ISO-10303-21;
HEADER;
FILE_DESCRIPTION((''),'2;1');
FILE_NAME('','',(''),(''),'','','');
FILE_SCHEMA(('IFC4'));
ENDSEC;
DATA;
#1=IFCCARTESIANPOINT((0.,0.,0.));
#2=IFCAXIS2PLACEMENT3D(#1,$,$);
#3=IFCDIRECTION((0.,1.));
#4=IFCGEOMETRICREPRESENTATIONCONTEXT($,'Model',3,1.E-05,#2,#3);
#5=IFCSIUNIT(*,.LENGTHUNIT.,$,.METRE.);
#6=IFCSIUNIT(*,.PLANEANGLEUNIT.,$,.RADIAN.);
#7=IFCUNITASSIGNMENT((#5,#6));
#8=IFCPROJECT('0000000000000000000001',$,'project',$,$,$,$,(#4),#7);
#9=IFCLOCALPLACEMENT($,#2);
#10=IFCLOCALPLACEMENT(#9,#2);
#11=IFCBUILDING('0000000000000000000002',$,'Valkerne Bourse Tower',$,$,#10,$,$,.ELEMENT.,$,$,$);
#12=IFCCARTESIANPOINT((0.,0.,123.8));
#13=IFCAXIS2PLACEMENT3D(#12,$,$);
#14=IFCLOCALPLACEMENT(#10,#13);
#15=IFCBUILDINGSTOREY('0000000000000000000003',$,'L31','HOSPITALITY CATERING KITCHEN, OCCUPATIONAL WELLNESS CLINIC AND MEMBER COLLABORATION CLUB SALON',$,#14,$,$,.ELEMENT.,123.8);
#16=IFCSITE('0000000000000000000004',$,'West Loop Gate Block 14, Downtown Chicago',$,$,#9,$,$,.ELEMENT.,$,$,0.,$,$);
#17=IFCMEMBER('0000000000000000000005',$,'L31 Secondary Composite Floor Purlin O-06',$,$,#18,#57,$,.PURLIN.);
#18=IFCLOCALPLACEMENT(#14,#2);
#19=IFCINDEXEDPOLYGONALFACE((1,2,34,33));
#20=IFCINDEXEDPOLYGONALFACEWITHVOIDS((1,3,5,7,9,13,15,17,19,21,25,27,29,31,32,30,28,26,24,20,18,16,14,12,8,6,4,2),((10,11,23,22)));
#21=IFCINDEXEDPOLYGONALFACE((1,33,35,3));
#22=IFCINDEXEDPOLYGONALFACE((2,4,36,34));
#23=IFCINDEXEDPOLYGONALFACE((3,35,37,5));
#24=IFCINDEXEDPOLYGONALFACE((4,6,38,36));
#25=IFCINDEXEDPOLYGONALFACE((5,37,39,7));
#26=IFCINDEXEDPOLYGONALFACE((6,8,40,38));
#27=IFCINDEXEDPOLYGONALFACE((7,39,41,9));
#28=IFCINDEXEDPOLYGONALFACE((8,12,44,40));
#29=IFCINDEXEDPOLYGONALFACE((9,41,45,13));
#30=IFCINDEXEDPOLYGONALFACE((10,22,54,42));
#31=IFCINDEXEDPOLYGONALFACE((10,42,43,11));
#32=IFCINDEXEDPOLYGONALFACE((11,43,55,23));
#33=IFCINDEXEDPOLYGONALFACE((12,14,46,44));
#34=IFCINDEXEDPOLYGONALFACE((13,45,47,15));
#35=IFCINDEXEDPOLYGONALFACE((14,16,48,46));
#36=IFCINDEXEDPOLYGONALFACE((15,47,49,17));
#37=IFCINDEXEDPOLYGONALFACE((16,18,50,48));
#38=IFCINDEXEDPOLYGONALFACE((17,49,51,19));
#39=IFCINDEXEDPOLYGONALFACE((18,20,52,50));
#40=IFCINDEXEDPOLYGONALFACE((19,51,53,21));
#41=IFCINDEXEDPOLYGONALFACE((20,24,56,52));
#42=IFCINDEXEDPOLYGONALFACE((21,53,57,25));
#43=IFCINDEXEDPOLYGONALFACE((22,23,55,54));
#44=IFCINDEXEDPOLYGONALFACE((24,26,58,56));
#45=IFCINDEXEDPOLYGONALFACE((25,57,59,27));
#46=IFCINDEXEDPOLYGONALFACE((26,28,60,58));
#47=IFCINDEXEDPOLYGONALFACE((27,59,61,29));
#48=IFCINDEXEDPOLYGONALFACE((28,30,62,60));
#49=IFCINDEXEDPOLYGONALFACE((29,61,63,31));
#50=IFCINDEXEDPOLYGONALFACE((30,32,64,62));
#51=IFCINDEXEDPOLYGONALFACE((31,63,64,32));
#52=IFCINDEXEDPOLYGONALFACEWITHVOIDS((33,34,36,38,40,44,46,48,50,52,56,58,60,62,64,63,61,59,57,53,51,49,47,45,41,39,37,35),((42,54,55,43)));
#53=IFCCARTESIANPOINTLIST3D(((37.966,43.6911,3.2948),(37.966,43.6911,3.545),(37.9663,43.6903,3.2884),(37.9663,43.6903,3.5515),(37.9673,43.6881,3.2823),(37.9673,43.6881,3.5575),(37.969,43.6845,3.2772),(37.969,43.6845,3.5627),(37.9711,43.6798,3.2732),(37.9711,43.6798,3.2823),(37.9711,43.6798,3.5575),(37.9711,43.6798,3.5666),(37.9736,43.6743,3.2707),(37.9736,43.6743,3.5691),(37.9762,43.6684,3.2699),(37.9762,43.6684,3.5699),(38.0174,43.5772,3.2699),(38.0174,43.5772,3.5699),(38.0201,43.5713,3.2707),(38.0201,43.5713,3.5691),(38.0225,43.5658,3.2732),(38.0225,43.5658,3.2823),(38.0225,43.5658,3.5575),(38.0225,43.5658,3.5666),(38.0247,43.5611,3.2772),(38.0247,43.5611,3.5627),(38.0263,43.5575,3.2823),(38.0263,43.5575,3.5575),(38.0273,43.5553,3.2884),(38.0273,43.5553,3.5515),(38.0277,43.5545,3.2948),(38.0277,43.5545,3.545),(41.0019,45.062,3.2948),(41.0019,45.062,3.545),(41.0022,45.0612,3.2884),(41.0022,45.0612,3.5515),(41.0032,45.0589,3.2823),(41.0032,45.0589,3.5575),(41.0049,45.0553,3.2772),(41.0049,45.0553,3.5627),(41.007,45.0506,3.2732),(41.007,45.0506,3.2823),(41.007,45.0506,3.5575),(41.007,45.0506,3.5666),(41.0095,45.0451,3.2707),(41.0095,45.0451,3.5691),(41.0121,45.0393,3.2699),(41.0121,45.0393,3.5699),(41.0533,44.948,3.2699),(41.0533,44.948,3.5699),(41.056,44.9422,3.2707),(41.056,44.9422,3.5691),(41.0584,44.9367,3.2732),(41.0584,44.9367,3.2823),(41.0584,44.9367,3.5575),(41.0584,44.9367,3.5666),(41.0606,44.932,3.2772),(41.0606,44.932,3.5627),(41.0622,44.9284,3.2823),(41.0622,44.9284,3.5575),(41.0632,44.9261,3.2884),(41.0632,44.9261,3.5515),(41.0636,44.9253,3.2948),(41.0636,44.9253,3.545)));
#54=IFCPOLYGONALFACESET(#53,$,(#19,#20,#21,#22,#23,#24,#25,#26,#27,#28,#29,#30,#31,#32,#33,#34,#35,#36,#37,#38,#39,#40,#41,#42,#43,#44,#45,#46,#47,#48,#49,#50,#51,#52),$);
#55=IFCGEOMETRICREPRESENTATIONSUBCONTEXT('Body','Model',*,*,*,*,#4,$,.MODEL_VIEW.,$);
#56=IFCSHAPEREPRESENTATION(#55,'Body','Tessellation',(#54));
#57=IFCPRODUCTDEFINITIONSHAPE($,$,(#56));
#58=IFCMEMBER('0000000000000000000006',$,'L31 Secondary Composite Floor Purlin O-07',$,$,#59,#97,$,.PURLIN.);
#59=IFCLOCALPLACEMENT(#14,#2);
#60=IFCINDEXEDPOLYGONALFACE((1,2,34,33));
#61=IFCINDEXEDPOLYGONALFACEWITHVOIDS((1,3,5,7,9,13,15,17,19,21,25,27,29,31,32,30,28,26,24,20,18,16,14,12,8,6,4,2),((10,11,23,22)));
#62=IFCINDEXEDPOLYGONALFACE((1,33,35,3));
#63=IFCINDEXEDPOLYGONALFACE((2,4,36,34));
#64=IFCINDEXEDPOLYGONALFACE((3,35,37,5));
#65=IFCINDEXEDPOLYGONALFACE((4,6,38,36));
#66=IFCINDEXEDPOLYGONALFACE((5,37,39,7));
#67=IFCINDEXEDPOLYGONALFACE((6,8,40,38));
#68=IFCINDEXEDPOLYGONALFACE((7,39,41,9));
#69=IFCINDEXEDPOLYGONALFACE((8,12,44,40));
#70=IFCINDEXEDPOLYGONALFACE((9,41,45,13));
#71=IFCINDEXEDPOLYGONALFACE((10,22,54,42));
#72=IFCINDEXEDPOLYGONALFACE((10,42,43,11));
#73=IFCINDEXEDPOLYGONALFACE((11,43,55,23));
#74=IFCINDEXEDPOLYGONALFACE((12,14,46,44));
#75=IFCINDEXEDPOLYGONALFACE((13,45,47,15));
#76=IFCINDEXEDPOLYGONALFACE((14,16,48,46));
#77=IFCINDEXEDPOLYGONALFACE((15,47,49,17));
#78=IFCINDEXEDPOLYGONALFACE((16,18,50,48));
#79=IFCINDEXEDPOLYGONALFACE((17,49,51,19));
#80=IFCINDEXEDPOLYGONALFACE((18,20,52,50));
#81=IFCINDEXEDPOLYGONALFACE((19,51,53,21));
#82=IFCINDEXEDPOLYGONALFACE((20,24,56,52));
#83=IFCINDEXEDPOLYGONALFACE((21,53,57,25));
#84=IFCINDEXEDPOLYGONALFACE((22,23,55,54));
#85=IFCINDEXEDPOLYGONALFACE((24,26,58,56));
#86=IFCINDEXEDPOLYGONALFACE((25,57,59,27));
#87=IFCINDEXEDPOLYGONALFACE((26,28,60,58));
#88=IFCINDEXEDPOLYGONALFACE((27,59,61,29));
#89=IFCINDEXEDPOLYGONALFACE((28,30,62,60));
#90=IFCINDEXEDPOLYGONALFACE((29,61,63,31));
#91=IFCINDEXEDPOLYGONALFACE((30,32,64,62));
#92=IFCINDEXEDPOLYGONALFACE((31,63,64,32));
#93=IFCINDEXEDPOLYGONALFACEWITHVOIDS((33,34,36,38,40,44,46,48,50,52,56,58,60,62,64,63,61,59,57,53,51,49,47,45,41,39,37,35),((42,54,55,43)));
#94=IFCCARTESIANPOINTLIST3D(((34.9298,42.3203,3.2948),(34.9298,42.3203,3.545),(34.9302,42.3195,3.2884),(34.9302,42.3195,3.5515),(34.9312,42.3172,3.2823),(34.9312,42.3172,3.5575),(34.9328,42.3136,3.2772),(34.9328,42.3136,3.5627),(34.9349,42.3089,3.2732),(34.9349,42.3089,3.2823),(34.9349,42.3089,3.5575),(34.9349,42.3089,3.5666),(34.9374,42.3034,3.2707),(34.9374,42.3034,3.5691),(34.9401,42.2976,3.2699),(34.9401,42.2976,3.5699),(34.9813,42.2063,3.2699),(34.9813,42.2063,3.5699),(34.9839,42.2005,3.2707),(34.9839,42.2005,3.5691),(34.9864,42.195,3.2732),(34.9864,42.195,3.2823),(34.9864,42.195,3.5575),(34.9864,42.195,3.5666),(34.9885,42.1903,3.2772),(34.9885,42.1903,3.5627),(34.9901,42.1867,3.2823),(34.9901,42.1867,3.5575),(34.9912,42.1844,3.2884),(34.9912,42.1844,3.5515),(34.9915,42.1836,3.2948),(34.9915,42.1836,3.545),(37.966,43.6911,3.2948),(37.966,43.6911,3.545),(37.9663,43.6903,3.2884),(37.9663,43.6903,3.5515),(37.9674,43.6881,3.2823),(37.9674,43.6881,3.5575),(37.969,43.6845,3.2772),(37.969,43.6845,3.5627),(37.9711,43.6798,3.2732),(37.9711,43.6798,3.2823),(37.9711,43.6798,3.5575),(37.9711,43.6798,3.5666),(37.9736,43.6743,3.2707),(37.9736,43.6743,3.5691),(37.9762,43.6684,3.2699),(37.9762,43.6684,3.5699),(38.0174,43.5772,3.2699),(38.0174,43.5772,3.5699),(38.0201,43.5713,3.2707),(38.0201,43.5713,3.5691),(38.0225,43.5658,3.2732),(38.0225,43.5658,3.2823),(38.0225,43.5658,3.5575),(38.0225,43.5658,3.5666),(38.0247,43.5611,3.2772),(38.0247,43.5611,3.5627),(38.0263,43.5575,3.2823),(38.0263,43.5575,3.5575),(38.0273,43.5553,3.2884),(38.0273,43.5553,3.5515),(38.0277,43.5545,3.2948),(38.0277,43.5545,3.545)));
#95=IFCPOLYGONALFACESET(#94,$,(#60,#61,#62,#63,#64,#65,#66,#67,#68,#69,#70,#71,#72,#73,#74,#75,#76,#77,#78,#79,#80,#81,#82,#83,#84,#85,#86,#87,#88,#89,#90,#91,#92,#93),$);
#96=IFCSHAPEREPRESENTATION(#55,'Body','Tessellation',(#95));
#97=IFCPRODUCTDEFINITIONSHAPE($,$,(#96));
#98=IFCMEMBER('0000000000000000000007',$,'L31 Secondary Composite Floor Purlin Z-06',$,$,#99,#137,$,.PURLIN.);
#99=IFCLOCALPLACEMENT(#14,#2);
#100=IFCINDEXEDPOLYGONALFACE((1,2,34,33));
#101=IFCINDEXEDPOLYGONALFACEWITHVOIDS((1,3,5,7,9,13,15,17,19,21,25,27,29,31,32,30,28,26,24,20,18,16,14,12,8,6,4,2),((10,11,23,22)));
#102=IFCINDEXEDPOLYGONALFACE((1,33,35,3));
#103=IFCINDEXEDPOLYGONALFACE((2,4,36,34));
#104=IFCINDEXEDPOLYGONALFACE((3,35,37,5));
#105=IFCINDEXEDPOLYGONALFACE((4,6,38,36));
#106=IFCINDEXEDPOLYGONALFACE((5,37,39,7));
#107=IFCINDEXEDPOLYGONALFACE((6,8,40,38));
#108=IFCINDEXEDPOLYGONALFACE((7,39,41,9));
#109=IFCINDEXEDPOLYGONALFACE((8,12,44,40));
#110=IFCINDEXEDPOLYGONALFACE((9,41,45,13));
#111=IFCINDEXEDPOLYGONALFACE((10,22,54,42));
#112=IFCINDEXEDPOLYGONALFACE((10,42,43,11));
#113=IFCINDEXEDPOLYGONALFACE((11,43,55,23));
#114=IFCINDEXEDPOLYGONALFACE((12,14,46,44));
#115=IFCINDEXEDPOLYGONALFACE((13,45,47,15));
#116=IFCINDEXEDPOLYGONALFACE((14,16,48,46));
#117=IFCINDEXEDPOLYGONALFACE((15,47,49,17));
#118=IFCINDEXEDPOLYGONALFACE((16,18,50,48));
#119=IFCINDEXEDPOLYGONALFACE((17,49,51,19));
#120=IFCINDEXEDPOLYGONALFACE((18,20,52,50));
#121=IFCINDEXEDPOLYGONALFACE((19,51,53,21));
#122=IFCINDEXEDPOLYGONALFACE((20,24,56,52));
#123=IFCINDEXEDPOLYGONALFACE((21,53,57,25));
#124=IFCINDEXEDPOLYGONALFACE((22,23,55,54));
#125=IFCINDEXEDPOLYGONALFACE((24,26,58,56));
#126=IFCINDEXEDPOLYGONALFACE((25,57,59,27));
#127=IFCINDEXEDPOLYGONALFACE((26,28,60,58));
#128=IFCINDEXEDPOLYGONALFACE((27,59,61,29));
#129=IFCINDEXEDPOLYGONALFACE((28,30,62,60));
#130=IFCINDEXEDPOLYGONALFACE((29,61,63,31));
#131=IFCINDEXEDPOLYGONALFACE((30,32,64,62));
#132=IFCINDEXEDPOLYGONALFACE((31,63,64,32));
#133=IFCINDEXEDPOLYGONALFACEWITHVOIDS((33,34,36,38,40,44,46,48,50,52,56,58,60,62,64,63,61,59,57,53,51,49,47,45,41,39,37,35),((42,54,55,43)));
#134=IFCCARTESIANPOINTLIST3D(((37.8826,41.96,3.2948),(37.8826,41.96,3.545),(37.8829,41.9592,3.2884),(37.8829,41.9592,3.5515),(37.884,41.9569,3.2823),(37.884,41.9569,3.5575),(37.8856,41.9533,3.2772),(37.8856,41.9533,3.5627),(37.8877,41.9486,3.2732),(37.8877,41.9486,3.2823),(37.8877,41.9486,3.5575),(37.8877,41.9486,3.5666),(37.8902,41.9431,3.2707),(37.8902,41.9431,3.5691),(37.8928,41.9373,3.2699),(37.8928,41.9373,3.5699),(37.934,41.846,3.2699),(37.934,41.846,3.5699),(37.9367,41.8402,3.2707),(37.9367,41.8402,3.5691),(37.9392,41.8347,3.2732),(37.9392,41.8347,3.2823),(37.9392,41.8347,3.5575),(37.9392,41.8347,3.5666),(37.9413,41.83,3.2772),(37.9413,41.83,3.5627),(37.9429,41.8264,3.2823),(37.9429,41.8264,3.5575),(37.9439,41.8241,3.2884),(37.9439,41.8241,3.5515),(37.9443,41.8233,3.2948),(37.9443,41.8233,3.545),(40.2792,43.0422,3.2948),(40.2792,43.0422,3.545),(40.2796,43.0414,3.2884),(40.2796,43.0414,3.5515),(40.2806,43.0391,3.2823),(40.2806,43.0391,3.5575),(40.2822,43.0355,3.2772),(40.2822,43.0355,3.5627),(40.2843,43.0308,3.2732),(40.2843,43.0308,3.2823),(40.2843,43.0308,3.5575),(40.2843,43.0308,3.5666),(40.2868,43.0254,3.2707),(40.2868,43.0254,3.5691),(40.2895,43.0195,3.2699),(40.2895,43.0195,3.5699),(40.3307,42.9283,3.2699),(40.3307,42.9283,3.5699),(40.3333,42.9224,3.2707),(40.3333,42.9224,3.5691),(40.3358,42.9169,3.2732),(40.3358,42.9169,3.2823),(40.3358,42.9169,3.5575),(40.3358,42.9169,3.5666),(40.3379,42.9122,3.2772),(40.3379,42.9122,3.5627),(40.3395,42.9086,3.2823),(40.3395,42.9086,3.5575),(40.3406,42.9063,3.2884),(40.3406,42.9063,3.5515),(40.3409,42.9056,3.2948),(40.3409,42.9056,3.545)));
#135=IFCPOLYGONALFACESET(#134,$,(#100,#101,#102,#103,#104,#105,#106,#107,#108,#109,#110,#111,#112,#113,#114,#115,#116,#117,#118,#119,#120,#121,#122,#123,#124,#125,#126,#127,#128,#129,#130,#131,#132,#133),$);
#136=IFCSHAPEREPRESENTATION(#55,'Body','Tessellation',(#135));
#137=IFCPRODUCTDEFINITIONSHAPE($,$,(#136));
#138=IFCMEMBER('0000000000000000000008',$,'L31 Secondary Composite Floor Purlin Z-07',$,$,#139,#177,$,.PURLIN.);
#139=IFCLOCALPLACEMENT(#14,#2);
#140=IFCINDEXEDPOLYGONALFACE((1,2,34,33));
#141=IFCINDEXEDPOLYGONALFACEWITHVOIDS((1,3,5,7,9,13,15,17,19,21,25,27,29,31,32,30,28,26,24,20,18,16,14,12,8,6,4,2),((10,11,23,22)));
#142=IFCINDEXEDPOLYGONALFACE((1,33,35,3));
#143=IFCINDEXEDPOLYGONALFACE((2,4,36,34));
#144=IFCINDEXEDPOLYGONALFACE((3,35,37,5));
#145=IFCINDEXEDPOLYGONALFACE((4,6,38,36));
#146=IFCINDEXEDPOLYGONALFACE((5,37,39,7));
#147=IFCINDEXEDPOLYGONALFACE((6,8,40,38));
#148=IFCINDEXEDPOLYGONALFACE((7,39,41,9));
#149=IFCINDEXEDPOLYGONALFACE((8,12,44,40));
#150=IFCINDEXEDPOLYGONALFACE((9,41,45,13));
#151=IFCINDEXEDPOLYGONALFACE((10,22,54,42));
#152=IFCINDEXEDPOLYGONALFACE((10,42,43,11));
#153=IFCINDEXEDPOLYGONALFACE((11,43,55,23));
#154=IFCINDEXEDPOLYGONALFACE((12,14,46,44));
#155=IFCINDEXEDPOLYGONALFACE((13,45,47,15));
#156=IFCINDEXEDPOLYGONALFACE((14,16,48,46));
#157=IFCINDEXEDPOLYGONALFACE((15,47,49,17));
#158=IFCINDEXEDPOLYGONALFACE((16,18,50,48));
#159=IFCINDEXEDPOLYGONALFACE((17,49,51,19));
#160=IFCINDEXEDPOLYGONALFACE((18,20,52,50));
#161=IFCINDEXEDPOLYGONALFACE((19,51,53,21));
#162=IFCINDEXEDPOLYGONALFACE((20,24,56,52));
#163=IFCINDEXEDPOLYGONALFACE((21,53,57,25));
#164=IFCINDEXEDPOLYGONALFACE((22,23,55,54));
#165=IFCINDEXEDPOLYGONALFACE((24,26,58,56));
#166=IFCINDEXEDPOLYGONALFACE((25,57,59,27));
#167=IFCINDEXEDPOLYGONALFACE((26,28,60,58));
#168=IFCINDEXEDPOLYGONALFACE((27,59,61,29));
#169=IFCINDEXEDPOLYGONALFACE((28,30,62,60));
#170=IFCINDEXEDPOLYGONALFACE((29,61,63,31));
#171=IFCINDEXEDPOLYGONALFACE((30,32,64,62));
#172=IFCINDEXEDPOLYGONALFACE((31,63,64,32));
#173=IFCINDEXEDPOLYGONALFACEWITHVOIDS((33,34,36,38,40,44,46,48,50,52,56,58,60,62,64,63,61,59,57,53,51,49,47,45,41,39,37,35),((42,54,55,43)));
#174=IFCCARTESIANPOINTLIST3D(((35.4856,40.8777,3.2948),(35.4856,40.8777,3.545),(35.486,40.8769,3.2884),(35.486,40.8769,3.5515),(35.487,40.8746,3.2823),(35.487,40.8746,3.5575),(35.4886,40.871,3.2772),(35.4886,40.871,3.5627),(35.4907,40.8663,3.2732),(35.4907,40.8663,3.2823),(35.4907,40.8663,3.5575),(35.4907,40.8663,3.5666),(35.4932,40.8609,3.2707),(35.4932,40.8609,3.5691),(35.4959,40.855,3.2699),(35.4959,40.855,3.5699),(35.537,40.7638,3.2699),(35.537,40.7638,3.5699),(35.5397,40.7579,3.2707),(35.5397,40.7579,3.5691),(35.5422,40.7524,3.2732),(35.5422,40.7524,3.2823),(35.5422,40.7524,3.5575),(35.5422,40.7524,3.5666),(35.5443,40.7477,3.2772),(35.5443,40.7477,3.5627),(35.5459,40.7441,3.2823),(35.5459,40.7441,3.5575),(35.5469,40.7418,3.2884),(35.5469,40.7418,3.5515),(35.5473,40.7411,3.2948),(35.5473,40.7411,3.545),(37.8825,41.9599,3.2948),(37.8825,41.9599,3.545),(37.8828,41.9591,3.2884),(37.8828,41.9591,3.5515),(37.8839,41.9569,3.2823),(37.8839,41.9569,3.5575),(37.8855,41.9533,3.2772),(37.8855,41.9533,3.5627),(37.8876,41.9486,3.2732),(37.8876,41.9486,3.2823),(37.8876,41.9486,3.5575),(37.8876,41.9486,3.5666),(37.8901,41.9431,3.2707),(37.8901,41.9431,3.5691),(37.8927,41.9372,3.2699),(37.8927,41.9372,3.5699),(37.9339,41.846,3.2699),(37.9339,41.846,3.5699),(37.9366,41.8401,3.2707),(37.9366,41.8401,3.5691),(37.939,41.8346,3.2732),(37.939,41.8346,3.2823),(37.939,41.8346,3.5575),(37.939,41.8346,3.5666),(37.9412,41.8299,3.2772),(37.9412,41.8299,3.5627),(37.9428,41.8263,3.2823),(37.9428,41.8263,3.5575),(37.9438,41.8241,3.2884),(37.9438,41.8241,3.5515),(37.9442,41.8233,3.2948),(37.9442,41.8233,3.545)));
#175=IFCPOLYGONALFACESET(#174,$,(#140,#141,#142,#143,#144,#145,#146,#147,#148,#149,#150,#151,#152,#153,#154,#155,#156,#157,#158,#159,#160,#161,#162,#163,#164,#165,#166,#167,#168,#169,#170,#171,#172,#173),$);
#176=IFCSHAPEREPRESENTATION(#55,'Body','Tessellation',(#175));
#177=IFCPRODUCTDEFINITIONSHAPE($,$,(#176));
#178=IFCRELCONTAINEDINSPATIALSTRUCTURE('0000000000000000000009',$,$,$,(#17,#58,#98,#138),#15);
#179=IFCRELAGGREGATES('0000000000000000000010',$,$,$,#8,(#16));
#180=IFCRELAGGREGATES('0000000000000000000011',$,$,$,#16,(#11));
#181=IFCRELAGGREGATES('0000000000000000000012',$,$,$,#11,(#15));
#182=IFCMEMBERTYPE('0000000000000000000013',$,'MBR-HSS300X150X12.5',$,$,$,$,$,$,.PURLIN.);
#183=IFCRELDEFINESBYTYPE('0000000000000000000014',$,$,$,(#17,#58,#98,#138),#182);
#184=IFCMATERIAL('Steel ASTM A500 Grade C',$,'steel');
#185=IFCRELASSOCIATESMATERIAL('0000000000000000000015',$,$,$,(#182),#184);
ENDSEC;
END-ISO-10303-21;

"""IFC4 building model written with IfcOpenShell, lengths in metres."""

from ifc_helpers import new_model, si_unit, direction, frame, origin, origin_2d, place, context, subcontext, project, spatial, hollow_rectangle, extrude, material, material_profile, profile_set, type_object, element, save


model = new_model("IFC4")

# Units and contexts
model_context = context("Model", 3, precision=1e-05, world=origin(), true_north=direction((0.0, 1.0)))
body_context = subcontext(model_context, "Body", "Model", "MODEL_VIEW")
ifc_project = project(units=[si_unit("LENGTHUNIT", "METRE"), si_unit("PLANEANGLEUNIT", "RADIAN")], contexts=[model_context])

# Site, building, storey
site_placement = place(None, origin())
site = spatial("IfcSite", under=ifc_project, at=site_placement, Name="West Loop Gate Block 14, Downtown Chicago", CompositionType="ELEMENT", RefElevation=0.0)
building_placement = place(site_placement, origin())
building = spatial("IfcBuilding", under=site, at=building_placement, Name="Valkerne Bourse Tower", CompositionType="ELEMENT")
storey_placement = place(building_placement, frame((0.0, 0.0, 123.8)))
storey = spatial("IfcBuildingStorey", under=building, at=storey_placement, Name="L31", Description="HOSPITALITY CATERING KITCHEN, OCCUPATIONAL WELLNESS CLINIC AND MEMBER COLLABORATION CLUB SALON", CompositionType="ELEMENT", Elevation=123.8)

# Members
ifc_material_1 = material(Name="Steel ASTM A500 Grade C", Category="steel")
ifc_material_profile_1 = material_profile(ifc_material_1, hollow_rectangle(XDim=0.1499, YDim=0.3, WallThickness=0.0125, OuterFilletRadius=0.0249, at=origin_2d()), Name="HSS300X150X12.5")
ifc_profile_set_1 = profile_set([ifc_material_profile_1], Name="Steel ASTM A500 Grade C")
member_type_1 = type_object("IfcMemberType", Name="MBR-HSS300X150X12.5", PredefinedType="PURLIN", material=ifc_profile_set_1)
member_1_placement = place(storey_placement, frame((41.0327, 44.9937, 3.4199), z_axis=(-0.911393, -0.411538, 0.0), x_axis=(0.411538, -0.911393, 0.0)))
element("IfcMember", 1, at=member_1_placement, inside=storey, type_object=member_type_1, Name="L31 Secondary Composite Floor Purlin O-06", PredefinedType="PURLIN", context=body_context, shape_type="SweptSolid", body=[
    extrude(hollow_rectangle(XDim=0.1499, YDim=0.3, WallThickness=0.0125, OuterFilletRadius=0.0249, at=origin_2d()), origin(), (0.0, 0.0, 1.0), 3.3311),
])
member_2_placement = place(storey_placement, frame((37.9968, 43.6228, 3.4199), z_axis=(-0.911405, -0.41151, 0.0), x_axis=(0.41151, -0.911405, 0.0)))
element("IfcMember", 2, at=member_2_placement, inside=storey, type_object=member_type_1, Name="L31 Secondary Composite Floor Purlin O-07", PredefinedType="PURLIN", context=body_context, shape_type="SweptSolid", body=[
    extrude(hollow_rectangle(XDim=0.1499, YDim=0.3, WallThickness=0.0125, OuterFilletRadius=0.0249, at=origin_2d()), origin(), (0.0, 0.0, 1.0), 3.3313),
])
member_3_placement = place(storey_placement, frame((40.3101, 42.9739, 3.4199), z_axis=(-0.911387, -0.411549, 0.0), x_axis=(0.411549, -0.911387, 0.0)))
element("IfcMember", 3, at=member_3_placement, inside=storey, type_object=member_type_1, Name="L31 Secondary Composite Floor Purlin Z-06", PredefinedType="PURLIN", context=body_context, shape_type="SweptSolid", body=[
    extrude(hollow_rectangle(XDim=0.1499, YDim=0.3, WallThickness=0.0125, OuterFilletRadius=0.0249, at=origin_2d()), origin(), (0.0, 0.0, 1.0), 2.6296),
])
member_4_placement = place(storey_placement, frame((37.9133, 41.8916, 3.4199), z_axis=(-0.911403, -0.411515, 0.0), x_axis=(0.411515, -0.911403, 0.0)))
element("IfcMember", 4, at=member_4_placement, inside=storey, type_object=member_type_1, Name="L31 Secondary Composite Floor Purlin Z-07", PredefinedType="PURLIN", context=body_context, shape_type="SweptSolid", body=[
    extrude(hollow_rectangle(XDim=0.1499, YDim=0.3, WallThickness=0.0125, OuterFilletRadius=0.0249, at=origin_2d()), origin(), (0.0, 0.0, 1.0), 2.6299),
])

save(model, "model.ifc")
